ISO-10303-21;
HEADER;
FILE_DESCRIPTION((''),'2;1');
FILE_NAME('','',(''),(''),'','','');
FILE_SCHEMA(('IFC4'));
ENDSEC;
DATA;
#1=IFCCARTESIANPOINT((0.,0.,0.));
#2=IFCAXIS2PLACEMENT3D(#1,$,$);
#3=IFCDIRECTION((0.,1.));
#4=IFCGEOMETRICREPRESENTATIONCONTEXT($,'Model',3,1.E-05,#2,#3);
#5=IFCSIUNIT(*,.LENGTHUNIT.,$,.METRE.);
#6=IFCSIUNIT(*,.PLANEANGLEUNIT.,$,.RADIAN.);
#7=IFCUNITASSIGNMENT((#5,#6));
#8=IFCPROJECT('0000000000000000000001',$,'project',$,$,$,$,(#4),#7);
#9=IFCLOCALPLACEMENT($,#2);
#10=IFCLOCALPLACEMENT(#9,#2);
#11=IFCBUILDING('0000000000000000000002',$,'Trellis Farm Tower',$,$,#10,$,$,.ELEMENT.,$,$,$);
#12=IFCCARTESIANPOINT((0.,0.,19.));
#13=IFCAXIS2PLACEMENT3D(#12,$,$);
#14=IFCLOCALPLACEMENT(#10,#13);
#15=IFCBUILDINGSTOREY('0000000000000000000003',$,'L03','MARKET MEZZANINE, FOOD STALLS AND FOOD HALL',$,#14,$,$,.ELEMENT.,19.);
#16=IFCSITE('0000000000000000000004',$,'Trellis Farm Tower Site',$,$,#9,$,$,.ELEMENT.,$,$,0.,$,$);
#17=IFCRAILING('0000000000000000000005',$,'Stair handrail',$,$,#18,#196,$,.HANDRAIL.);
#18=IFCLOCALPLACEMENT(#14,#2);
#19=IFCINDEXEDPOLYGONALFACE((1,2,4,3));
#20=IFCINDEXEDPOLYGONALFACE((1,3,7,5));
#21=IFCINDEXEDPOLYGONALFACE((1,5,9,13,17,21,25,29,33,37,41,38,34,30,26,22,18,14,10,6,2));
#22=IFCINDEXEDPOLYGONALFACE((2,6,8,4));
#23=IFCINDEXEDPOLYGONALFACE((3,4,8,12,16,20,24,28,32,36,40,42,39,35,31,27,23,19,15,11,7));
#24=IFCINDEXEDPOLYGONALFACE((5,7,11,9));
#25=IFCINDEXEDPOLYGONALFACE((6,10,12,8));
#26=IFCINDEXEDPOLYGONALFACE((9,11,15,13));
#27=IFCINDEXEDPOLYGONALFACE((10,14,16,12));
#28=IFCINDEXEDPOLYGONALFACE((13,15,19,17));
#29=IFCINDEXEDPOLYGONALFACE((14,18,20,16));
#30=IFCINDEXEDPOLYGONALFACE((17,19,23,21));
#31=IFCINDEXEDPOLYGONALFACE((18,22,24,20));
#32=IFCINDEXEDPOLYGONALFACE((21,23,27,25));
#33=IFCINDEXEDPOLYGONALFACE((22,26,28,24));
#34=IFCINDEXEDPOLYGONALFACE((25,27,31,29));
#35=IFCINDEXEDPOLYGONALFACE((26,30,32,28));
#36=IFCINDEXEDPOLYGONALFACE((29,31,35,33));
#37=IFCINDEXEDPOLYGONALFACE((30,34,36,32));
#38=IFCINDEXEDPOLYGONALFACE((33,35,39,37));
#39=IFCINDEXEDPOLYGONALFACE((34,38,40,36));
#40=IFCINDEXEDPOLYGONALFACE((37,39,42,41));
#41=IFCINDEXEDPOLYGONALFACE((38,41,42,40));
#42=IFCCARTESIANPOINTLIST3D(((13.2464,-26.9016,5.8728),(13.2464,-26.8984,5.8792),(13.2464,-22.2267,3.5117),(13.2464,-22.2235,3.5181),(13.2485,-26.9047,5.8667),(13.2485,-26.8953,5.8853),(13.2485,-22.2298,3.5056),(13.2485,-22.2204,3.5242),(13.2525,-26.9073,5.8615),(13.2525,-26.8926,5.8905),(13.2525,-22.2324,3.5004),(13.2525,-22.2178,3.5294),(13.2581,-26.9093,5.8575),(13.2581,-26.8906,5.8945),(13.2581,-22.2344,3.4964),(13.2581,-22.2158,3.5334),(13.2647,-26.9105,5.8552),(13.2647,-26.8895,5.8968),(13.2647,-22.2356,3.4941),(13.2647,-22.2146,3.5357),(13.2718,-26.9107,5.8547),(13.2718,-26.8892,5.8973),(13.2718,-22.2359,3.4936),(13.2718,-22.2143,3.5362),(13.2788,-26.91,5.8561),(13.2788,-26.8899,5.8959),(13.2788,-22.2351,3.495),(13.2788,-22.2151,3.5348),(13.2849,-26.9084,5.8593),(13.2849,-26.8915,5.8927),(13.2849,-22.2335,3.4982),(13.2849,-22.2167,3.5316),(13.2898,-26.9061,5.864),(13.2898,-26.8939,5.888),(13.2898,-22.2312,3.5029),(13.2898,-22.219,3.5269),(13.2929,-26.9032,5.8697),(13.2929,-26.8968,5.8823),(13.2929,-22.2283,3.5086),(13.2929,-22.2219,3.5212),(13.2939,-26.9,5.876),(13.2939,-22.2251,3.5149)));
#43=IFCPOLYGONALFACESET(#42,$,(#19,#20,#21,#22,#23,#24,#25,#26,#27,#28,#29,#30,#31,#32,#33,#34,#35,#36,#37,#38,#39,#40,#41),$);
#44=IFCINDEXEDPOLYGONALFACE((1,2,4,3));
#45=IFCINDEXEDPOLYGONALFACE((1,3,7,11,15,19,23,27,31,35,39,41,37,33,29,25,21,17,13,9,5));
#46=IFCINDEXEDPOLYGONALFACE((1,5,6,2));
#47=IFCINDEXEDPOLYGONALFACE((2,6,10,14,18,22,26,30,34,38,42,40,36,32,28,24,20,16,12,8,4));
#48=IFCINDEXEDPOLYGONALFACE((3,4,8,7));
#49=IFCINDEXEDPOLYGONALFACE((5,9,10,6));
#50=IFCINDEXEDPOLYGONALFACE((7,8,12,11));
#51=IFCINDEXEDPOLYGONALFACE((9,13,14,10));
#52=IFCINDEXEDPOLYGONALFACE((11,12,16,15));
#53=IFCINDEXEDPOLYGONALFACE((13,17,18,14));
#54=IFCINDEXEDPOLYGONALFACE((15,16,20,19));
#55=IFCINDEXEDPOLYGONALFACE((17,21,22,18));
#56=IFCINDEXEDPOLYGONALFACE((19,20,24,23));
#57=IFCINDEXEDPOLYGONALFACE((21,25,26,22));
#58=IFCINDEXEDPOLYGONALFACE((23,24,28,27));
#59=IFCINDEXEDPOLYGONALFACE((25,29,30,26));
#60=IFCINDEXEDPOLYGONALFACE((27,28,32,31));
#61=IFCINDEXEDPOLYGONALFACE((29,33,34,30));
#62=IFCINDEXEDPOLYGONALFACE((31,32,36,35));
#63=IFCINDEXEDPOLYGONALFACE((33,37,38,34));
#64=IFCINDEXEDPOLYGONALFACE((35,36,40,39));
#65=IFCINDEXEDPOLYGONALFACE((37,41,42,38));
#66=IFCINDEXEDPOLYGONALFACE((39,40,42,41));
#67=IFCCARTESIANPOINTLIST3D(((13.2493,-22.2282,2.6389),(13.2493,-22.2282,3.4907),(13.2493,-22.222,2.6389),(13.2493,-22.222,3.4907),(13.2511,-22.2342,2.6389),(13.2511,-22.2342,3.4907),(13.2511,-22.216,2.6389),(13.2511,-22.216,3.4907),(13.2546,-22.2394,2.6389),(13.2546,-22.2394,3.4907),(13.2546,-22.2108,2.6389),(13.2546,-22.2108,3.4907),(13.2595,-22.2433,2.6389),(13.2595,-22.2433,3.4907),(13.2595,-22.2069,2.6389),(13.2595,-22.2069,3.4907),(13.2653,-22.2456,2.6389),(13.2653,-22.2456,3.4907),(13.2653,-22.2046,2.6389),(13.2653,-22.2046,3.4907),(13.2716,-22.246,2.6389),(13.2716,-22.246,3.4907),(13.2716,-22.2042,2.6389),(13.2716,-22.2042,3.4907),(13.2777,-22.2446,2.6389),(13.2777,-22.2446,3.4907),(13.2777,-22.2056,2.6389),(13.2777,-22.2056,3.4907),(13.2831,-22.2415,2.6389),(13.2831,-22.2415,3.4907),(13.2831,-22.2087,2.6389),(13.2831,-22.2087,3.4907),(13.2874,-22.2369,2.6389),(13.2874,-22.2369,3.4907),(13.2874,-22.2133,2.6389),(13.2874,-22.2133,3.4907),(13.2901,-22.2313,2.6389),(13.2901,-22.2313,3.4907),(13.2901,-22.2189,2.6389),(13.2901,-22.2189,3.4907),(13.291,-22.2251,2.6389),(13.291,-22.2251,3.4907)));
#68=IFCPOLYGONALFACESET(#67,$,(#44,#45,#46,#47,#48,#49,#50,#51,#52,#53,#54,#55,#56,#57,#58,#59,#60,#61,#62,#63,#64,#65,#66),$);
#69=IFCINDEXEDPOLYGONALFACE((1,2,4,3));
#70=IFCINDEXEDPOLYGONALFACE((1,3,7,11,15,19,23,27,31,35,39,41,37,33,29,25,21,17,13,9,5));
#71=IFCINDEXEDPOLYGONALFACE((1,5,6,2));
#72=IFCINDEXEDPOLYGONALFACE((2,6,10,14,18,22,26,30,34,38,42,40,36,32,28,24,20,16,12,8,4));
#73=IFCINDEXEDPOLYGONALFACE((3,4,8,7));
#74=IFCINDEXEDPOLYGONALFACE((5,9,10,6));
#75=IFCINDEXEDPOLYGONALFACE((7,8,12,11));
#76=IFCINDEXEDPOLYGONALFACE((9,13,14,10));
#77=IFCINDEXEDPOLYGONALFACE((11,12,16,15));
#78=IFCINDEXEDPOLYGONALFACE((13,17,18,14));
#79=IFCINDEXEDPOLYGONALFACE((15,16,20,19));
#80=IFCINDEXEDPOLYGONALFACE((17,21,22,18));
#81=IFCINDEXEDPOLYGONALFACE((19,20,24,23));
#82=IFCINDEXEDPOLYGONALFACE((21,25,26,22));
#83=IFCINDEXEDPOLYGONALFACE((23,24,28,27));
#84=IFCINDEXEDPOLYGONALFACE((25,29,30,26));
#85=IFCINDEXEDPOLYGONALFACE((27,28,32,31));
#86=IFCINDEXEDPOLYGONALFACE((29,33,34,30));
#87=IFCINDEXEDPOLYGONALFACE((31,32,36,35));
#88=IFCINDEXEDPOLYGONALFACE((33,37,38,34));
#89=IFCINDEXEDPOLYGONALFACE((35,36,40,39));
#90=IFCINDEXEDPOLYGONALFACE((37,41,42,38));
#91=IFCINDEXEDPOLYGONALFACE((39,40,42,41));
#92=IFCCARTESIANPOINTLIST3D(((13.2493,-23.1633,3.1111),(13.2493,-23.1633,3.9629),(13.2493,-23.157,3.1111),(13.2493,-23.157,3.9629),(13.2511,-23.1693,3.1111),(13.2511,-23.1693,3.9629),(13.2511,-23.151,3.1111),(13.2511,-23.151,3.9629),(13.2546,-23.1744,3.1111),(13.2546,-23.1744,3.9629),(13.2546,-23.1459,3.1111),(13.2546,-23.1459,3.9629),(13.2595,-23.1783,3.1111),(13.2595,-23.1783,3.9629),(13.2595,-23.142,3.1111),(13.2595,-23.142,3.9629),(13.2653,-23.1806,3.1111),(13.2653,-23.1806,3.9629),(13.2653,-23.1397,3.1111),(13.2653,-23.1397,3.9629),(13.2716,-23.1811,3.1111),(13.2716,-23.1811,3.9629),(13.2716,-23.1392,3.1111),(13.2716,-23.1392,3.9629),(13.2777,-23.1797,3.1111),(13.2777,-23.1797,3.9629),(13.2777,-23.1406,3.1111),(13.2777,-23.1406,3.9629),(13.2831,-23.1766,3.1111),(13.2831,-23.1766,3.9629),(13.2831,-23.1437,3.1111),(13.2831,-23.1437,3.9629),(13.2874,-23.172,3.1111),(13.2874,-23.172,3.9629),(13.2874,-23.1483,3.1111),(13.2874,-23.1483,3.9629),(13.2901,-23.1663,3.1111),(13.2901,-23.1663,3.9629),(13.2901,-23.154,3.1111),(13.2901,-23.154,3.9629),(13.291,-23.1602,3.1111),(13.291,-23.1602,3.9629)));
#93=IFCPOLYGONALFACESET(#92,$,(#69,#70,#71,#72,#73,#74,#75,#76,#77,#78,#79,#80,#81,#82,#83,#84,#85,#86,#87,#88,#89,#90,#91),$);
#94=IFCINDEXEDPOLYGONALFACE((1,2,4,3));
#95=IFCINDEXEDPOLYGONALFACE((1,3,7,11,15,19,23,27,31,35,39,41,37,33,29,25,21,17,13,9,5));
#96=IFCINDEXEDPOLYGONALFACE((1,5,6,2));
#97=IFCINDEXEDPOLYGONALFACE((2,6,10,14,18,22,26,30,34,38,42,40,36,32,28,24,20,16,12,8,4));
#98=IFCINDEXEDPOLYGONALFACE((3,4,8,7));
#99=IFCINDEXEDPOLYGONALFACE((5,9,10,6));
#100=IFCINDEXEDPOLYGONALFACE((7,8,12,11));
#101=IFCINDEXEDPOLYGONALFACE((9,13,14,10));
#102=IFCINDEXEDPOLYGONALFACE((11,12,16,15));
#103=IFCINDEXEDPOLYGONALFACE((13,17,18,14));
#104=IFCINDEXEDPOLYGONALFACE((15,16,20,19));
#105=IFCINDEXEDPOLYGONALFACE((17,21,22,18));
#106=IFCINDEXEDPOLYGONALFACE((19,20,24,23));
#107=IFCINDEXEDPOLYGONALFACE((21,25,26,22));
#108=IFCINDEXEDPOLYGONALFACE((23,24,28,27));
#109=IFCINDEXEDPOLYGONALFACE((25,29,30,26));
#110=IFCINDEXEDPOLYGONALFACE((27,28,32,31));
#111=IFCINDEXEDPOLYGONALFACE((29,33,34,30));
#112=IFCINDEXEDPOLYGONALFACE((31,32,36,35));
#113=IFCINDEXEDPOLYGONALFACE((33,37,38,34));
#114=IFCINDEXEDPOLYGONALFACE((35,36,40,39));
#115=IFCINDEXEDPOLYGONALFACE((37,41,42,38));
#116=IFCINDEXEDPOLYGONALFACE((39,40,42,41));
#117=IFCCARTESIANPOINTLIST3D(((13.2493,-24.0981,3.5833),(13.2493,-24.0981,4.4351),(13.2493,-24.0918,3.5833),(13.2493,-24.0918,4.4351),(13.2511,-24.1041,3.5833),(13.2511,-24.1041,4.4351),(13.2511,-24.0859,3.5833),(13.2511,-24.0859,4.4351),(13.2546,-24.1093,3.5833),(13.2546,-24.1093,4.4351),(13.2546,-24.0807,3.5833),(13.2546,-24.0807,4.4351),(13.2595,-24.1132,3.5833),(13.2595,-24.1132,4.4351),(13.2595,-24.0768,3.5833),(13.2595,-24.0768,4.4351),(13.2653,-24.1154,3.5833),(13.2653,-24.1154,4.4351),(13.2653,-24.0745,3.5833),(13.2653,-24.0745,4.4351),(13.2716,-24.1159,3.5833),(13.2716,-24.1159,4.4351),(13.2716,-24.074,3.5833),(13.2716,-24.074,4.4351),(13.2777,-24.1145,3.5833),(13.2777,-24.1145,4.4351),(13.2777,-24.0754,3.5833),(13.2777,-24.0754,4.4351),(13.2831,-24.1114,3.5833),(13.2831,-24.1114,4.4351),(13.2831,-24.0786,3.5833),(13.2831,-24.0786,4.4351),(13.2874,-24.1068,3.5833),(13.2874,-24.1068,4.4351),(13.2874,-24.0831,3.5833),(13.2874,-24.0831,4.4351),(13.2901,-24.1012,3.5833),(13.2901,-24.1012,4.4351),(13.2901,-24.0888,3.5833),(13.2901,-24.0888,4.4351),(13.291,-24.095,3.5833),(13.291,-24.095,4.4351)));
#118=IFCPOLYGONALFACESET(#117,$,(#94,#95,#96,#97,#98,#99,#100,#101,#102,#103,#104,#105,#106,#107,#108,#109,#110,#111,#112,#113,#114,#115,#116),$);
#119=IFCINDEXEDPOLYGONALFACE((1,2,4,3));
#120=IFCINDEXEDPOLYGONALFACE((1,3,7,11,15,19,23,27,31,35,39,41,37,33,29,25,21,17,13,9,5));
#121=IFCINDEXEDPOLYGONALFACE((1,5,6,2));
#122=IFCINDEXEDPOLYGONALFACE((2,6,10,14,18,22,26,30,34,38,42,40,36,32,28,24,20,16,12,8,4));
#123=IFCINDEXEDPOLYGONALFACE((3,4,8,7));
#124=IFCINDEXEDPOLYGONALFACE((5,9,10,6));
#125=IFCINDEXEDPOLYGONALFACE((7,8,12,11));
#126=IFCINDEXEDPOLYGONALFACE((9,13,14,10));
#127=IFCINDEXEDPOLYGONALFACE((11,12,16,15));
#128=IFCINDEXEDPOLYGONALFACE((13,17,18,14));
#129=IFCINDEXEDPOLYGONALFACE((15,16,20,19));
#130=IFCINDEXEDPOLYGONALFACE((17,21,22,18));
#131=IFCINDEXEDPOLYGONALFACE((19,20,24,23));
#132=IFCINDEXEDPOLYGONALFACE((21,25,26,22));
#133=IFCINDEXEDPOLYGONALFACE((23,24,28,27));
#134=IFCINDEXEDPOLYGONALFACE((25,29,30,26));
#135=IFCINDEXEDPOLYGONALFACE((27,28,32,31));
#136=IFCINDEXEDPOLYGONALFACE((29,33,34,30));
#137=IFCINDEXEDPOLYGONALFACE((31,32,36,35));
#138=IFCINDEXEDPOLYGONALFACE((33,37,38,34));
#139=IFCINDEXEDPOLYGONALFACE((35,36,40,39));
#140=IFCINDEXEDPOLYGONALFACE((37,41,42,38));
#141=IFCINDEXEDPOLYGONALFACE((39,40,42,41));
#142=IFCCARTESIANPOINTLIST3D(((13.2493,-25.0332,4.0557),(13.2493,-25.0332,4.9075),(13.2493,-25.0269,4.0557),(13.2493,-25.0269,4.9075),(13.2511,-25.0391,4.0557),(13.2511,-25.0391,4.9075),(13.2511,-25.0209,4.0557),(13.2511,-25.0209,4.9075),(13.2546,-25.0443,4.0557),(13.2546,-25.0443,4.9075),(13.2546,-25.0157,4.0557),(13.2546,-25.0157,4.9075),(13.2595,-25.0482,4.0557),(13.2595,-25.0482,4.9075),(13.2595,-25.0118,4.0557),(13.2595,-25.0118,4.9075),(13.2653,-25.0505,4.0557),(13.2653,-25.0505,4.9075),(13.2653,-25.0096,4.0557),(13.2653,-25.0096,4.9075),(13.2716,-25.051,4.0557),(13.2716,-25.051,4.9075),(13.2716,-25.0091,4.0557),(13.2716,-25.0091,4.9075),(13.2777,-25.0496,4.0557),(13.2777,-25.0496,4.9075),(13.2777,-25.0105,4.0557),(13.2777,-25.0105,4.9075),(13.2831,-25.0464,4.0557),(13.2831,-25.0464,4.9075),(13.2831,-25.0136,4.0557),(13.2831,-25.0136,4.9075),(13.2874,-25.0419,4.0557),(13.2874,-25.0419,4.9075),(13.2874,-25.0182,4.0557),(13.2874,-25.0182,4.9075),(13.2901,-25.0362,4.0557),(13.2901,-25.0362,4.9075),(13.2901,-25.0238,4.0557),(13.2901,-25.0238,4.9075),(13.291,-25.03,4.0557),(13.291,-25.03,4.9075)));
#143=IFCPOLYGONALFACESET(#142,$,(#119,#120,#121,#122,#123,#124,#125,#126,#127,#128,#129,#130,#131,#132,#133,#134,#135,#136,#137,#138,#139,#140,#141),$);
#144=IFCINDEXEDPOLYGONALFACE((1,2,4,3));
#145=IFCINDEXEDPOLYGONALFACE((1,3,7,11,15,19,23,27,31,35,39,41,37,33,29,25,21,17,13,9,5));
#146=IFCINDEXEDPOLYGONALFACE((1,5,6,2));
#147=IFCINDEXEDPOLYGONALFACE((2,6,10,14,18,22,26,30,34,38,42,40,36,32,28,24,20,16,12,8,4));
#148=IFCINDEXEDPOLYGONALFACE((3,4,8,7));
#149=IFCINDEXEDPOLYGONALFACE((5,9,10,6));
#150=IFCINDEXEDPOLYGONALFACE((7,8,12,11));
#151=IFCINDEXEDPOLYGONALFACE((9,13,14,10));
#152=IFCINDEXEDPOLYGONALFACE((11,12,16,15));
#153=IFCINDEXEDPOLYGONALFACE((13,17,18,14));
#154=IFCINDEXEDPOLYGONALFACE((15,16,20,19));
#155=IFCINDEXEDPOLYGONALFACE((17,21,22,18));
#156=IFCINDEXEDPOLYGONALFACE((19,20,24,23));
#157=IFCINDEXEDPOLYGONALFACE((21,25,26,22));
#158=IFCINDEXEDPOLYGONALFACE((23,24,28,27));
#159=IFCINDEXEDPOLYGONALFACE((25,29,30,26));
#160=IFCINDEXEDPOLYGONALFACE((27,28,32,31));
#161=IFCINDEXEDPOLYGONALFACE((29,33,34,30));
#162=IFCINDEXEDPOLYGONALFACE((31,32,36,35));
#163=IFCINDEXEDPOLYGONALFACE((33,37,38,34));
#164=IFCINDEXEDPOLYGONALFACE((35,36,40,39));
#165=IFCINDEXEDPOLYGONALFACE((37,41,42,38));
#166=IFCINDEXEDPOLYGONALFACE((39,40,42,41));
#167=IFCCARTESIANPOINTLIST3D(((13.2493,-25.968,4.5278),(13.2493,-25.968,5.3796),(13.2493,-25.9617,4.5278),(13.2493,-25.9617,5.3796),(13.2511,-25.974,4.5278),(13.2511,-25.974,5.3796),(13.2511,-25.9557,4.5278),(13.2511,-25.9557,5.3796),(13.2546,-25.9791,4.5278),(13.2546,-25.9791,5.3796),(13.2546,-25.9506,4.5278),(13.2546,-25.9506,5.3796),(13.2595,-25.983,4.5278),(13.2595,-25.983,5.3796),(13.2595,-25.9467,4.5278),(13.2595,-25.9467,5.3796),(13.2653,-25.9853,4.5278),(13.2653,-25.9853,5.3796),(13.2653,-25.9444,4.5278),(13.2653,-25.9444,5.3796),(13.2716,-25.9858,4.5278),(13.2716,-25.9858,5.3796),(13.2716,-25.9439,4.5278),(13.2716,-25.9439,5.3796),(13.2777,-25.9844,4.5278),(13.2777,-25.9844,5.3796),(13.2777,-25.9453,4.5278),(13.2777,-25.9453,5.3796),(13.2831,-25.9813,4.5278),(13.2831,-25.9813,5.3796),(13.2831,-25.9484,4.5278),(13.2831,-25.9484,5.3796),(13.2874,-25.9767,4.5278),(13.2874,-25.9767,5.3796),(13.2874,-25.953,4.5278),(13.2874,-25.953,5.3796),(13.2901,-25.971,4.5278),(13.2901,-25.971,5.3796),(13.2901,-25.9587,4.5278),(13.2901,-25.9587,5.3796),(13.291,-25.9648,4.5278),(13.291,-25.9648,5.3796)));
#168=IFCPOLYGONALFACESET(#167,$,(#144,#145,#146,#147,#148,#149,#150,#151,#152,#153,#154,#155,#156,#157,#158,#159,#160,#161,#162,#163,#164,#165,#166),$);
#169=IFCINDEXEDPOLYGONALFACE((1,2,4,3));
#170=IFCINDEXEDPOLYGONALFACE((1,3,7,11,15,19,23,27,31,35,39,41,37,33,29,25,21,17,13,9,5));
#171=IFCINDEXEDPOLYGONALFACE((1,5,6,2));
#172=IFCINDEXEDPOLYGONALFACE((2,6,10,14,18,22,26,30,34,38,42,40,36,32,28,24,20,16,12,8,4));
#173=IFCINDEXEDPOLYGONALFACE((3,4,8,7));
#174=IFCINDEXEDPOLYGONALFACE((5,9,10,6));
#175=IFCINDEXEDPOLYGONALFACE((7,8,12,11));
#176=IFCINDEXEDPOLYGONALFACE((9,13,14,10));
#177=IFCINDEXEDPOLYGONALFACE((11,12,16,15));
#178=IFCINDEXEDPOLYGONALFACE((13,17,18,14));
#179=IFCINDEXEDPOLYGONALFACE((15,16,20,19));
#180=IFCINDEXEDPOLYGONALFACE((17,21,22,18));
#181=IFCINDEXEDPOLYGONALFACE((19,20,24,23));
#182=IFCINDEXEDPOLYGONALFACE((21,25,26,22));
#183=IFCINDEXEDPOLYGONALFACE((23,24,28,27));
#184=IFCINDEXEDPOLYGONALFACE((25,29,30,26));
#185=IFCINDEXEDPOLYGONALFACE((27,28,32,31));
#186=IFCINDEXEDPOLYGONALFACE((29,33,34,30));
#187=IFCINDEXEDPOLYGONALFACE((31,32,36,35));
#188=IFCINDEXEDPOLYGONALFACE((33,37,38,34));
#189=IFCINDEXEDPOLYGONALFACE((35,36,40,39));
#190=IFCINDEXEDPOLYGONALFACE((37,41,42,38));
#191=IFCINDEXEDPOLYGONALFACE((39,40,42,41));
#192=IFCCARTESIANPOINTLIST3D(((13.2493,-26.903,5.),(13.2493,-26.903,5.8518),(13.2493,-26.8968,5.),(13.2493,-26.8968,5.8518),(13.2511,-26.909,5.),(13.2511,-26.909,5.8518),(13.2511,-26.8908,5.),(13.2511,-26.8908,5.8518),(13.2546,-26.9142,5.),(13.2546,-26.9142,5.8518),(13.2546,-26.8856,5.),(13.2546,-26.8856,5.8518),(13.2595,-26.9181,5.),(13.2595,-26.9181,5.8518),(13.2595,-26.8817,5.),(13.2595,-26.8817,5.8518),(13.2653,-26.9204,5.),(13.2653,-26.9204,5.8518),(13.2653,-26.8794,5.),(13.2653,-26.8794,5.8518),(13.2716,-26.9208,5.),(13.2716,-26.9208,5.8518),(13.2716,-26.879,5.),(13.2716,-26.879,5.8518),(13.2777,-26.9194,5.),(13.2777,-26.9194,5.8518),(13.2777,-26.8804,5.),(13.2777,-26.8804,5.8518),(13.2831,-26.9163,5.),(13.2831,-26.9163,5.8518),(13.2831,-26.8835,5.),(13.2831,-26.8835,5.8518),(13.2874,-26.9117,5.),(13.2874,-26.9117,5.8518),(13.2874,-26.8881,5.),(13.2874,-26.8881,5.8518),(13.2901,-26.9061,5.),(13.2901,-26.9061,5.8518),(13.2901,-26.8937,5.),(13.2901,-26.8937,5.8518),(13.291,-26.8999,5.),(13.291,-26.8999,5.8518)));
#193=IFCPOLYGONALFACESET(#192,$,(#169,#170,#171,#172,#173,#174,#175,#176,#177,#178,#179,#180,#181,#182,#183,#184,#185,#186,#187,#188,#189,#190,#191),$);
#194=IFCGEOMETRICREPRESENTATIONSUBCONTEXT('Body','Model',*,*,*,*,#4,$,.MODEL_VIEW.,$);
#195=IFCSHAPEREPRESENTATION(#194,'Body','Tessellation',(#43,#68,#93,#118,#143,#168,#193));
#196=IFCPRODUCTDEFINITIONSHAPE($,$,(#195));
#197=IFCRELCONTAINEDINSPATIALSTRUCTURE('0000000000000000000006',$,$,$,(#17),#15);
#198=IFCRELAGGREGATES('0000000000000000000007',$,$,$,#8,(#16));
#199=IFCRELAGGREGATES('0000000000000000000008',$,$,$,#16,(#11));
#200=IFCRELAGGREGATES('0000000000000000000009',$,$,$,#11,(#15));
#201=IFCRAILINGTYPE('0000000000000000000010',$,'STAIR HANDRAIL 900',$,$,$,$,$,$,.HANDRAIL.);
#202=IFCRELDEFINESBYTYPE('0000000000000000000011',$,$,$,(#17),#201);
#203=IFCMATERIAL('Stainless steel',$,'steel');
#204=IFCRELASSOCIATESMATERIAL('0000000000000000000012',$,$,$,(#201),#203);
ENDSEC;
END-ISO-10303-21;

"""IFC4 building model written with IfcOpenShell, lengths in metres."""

from ifc_helpers import new_model, si_unit, direction, frame, origin, origin_2d, place, context, subcontext, project, spatial, circle, extrude, source, transform, mapped, material, type_object, element, save


model = new_model("IFC4")

# Units and contexts
model_context = context("Model", 3, precision=1e-05, world=origin(), true_north=direction((0.0, 1.0)))
body_context = subcontext(model_context, "Body", "Model", "MODEL_VIEW")
ifc_project = project(units=[si_unit("LENGTHUNIT", "METRE"), si_unit("PLANEANGLEUNIT", "RADIAN")], contexts=[model_context])

# Site, building, storey
site_placement = place(None, origin())
site = spatial("IfcSite", under=ifc_project, at=site_placement, Name="Trellis Farm Tower Site", CompositionType="ELEMENT", RefElevation=0.0)
building_placement = place(site_placement, origin())
building = spatial("IfcBuilding", under=site, at=building_placement, Name="Trellis Farm Tower", CompositionType="ELEMENT")
storey_placement = place(building_placement, frame((0.0, 0.0, 19.0)))
storey = spatial("IfcBuildingStorey", under=building, at=storey_placement, Name="L03", Description="MARKET MEZZANINE, FOOD STALLS AND FOOD HALL", CompositionType="ELEMENT", Elevation=19.0)

# Railing
ifc_material_1 = material(Name="Stainless steel", Category="steel")
railing_type = type_object("IfcRailingType", Name="STAIR HANDRAIL 900", PredefinedType="HANDRAIL", material=ifc_material_1)
shared_shape_1 = source(origin(), body_context, "Body", "SweptSolid", [
    extrude(circle(Radius=0.0239, at=origin_2d()), frame((0.0, 0.0, 0.876), z_axis=(0.0, -0.892611, 0.450827), x_axis=(1.0, 0.0, 0.0)), (0.0, 0.0, 1.0), 5.2373),
    extrude(circle(Radius=0.021, at=origin_2d()), origin(), (0.0, 0.0, 1.0), 0.8518),
    extrude(circle(Radius=0.021, at=origin_2d()), frame((0.0, -0.9351, 0.4722)), (0.0, 0.0, 1.0), 0.8518),
    extrude(circle(Radius=0.021, at=origin_2d()), frame((0.0, -1.8699, 0.9443)), (0.0, 0.0, 1.0), 0.8518),
    extrude(circle(Radius=0.021, at=origin_2d()), frame((0.0, -2.8049, 1.4167)), (0.0, 0.0, 1.0), 0.8518),
    extrude(circle(Radius=0.021, at=origin_2d()), frame((0.0, -3.7397, 1.8889)), (0.0, 0.0, 1.0), 0.8518),
    extrude(circle(Radius=0.021, at=origin_2d()), frame((0.0, -4.6748, 2.3611)), (0.0, 0.0, 1.0), 0.8518),
])
railing_placement = place(storey_placement, frame((13.27, -22.2251, 2.6389)))
element("IfcRailing", 1, at=railing_placement, inside=storey, type_object=railing_type, Name="Stair handrail", PredefinedType="HANDRAIL", context=body_context, shape_type="MappedRepresentation", body=[
    mapped(shared_shape_1, transform((0.0, 0.0, 0.0))),
])

save(model, "model.ifc")
